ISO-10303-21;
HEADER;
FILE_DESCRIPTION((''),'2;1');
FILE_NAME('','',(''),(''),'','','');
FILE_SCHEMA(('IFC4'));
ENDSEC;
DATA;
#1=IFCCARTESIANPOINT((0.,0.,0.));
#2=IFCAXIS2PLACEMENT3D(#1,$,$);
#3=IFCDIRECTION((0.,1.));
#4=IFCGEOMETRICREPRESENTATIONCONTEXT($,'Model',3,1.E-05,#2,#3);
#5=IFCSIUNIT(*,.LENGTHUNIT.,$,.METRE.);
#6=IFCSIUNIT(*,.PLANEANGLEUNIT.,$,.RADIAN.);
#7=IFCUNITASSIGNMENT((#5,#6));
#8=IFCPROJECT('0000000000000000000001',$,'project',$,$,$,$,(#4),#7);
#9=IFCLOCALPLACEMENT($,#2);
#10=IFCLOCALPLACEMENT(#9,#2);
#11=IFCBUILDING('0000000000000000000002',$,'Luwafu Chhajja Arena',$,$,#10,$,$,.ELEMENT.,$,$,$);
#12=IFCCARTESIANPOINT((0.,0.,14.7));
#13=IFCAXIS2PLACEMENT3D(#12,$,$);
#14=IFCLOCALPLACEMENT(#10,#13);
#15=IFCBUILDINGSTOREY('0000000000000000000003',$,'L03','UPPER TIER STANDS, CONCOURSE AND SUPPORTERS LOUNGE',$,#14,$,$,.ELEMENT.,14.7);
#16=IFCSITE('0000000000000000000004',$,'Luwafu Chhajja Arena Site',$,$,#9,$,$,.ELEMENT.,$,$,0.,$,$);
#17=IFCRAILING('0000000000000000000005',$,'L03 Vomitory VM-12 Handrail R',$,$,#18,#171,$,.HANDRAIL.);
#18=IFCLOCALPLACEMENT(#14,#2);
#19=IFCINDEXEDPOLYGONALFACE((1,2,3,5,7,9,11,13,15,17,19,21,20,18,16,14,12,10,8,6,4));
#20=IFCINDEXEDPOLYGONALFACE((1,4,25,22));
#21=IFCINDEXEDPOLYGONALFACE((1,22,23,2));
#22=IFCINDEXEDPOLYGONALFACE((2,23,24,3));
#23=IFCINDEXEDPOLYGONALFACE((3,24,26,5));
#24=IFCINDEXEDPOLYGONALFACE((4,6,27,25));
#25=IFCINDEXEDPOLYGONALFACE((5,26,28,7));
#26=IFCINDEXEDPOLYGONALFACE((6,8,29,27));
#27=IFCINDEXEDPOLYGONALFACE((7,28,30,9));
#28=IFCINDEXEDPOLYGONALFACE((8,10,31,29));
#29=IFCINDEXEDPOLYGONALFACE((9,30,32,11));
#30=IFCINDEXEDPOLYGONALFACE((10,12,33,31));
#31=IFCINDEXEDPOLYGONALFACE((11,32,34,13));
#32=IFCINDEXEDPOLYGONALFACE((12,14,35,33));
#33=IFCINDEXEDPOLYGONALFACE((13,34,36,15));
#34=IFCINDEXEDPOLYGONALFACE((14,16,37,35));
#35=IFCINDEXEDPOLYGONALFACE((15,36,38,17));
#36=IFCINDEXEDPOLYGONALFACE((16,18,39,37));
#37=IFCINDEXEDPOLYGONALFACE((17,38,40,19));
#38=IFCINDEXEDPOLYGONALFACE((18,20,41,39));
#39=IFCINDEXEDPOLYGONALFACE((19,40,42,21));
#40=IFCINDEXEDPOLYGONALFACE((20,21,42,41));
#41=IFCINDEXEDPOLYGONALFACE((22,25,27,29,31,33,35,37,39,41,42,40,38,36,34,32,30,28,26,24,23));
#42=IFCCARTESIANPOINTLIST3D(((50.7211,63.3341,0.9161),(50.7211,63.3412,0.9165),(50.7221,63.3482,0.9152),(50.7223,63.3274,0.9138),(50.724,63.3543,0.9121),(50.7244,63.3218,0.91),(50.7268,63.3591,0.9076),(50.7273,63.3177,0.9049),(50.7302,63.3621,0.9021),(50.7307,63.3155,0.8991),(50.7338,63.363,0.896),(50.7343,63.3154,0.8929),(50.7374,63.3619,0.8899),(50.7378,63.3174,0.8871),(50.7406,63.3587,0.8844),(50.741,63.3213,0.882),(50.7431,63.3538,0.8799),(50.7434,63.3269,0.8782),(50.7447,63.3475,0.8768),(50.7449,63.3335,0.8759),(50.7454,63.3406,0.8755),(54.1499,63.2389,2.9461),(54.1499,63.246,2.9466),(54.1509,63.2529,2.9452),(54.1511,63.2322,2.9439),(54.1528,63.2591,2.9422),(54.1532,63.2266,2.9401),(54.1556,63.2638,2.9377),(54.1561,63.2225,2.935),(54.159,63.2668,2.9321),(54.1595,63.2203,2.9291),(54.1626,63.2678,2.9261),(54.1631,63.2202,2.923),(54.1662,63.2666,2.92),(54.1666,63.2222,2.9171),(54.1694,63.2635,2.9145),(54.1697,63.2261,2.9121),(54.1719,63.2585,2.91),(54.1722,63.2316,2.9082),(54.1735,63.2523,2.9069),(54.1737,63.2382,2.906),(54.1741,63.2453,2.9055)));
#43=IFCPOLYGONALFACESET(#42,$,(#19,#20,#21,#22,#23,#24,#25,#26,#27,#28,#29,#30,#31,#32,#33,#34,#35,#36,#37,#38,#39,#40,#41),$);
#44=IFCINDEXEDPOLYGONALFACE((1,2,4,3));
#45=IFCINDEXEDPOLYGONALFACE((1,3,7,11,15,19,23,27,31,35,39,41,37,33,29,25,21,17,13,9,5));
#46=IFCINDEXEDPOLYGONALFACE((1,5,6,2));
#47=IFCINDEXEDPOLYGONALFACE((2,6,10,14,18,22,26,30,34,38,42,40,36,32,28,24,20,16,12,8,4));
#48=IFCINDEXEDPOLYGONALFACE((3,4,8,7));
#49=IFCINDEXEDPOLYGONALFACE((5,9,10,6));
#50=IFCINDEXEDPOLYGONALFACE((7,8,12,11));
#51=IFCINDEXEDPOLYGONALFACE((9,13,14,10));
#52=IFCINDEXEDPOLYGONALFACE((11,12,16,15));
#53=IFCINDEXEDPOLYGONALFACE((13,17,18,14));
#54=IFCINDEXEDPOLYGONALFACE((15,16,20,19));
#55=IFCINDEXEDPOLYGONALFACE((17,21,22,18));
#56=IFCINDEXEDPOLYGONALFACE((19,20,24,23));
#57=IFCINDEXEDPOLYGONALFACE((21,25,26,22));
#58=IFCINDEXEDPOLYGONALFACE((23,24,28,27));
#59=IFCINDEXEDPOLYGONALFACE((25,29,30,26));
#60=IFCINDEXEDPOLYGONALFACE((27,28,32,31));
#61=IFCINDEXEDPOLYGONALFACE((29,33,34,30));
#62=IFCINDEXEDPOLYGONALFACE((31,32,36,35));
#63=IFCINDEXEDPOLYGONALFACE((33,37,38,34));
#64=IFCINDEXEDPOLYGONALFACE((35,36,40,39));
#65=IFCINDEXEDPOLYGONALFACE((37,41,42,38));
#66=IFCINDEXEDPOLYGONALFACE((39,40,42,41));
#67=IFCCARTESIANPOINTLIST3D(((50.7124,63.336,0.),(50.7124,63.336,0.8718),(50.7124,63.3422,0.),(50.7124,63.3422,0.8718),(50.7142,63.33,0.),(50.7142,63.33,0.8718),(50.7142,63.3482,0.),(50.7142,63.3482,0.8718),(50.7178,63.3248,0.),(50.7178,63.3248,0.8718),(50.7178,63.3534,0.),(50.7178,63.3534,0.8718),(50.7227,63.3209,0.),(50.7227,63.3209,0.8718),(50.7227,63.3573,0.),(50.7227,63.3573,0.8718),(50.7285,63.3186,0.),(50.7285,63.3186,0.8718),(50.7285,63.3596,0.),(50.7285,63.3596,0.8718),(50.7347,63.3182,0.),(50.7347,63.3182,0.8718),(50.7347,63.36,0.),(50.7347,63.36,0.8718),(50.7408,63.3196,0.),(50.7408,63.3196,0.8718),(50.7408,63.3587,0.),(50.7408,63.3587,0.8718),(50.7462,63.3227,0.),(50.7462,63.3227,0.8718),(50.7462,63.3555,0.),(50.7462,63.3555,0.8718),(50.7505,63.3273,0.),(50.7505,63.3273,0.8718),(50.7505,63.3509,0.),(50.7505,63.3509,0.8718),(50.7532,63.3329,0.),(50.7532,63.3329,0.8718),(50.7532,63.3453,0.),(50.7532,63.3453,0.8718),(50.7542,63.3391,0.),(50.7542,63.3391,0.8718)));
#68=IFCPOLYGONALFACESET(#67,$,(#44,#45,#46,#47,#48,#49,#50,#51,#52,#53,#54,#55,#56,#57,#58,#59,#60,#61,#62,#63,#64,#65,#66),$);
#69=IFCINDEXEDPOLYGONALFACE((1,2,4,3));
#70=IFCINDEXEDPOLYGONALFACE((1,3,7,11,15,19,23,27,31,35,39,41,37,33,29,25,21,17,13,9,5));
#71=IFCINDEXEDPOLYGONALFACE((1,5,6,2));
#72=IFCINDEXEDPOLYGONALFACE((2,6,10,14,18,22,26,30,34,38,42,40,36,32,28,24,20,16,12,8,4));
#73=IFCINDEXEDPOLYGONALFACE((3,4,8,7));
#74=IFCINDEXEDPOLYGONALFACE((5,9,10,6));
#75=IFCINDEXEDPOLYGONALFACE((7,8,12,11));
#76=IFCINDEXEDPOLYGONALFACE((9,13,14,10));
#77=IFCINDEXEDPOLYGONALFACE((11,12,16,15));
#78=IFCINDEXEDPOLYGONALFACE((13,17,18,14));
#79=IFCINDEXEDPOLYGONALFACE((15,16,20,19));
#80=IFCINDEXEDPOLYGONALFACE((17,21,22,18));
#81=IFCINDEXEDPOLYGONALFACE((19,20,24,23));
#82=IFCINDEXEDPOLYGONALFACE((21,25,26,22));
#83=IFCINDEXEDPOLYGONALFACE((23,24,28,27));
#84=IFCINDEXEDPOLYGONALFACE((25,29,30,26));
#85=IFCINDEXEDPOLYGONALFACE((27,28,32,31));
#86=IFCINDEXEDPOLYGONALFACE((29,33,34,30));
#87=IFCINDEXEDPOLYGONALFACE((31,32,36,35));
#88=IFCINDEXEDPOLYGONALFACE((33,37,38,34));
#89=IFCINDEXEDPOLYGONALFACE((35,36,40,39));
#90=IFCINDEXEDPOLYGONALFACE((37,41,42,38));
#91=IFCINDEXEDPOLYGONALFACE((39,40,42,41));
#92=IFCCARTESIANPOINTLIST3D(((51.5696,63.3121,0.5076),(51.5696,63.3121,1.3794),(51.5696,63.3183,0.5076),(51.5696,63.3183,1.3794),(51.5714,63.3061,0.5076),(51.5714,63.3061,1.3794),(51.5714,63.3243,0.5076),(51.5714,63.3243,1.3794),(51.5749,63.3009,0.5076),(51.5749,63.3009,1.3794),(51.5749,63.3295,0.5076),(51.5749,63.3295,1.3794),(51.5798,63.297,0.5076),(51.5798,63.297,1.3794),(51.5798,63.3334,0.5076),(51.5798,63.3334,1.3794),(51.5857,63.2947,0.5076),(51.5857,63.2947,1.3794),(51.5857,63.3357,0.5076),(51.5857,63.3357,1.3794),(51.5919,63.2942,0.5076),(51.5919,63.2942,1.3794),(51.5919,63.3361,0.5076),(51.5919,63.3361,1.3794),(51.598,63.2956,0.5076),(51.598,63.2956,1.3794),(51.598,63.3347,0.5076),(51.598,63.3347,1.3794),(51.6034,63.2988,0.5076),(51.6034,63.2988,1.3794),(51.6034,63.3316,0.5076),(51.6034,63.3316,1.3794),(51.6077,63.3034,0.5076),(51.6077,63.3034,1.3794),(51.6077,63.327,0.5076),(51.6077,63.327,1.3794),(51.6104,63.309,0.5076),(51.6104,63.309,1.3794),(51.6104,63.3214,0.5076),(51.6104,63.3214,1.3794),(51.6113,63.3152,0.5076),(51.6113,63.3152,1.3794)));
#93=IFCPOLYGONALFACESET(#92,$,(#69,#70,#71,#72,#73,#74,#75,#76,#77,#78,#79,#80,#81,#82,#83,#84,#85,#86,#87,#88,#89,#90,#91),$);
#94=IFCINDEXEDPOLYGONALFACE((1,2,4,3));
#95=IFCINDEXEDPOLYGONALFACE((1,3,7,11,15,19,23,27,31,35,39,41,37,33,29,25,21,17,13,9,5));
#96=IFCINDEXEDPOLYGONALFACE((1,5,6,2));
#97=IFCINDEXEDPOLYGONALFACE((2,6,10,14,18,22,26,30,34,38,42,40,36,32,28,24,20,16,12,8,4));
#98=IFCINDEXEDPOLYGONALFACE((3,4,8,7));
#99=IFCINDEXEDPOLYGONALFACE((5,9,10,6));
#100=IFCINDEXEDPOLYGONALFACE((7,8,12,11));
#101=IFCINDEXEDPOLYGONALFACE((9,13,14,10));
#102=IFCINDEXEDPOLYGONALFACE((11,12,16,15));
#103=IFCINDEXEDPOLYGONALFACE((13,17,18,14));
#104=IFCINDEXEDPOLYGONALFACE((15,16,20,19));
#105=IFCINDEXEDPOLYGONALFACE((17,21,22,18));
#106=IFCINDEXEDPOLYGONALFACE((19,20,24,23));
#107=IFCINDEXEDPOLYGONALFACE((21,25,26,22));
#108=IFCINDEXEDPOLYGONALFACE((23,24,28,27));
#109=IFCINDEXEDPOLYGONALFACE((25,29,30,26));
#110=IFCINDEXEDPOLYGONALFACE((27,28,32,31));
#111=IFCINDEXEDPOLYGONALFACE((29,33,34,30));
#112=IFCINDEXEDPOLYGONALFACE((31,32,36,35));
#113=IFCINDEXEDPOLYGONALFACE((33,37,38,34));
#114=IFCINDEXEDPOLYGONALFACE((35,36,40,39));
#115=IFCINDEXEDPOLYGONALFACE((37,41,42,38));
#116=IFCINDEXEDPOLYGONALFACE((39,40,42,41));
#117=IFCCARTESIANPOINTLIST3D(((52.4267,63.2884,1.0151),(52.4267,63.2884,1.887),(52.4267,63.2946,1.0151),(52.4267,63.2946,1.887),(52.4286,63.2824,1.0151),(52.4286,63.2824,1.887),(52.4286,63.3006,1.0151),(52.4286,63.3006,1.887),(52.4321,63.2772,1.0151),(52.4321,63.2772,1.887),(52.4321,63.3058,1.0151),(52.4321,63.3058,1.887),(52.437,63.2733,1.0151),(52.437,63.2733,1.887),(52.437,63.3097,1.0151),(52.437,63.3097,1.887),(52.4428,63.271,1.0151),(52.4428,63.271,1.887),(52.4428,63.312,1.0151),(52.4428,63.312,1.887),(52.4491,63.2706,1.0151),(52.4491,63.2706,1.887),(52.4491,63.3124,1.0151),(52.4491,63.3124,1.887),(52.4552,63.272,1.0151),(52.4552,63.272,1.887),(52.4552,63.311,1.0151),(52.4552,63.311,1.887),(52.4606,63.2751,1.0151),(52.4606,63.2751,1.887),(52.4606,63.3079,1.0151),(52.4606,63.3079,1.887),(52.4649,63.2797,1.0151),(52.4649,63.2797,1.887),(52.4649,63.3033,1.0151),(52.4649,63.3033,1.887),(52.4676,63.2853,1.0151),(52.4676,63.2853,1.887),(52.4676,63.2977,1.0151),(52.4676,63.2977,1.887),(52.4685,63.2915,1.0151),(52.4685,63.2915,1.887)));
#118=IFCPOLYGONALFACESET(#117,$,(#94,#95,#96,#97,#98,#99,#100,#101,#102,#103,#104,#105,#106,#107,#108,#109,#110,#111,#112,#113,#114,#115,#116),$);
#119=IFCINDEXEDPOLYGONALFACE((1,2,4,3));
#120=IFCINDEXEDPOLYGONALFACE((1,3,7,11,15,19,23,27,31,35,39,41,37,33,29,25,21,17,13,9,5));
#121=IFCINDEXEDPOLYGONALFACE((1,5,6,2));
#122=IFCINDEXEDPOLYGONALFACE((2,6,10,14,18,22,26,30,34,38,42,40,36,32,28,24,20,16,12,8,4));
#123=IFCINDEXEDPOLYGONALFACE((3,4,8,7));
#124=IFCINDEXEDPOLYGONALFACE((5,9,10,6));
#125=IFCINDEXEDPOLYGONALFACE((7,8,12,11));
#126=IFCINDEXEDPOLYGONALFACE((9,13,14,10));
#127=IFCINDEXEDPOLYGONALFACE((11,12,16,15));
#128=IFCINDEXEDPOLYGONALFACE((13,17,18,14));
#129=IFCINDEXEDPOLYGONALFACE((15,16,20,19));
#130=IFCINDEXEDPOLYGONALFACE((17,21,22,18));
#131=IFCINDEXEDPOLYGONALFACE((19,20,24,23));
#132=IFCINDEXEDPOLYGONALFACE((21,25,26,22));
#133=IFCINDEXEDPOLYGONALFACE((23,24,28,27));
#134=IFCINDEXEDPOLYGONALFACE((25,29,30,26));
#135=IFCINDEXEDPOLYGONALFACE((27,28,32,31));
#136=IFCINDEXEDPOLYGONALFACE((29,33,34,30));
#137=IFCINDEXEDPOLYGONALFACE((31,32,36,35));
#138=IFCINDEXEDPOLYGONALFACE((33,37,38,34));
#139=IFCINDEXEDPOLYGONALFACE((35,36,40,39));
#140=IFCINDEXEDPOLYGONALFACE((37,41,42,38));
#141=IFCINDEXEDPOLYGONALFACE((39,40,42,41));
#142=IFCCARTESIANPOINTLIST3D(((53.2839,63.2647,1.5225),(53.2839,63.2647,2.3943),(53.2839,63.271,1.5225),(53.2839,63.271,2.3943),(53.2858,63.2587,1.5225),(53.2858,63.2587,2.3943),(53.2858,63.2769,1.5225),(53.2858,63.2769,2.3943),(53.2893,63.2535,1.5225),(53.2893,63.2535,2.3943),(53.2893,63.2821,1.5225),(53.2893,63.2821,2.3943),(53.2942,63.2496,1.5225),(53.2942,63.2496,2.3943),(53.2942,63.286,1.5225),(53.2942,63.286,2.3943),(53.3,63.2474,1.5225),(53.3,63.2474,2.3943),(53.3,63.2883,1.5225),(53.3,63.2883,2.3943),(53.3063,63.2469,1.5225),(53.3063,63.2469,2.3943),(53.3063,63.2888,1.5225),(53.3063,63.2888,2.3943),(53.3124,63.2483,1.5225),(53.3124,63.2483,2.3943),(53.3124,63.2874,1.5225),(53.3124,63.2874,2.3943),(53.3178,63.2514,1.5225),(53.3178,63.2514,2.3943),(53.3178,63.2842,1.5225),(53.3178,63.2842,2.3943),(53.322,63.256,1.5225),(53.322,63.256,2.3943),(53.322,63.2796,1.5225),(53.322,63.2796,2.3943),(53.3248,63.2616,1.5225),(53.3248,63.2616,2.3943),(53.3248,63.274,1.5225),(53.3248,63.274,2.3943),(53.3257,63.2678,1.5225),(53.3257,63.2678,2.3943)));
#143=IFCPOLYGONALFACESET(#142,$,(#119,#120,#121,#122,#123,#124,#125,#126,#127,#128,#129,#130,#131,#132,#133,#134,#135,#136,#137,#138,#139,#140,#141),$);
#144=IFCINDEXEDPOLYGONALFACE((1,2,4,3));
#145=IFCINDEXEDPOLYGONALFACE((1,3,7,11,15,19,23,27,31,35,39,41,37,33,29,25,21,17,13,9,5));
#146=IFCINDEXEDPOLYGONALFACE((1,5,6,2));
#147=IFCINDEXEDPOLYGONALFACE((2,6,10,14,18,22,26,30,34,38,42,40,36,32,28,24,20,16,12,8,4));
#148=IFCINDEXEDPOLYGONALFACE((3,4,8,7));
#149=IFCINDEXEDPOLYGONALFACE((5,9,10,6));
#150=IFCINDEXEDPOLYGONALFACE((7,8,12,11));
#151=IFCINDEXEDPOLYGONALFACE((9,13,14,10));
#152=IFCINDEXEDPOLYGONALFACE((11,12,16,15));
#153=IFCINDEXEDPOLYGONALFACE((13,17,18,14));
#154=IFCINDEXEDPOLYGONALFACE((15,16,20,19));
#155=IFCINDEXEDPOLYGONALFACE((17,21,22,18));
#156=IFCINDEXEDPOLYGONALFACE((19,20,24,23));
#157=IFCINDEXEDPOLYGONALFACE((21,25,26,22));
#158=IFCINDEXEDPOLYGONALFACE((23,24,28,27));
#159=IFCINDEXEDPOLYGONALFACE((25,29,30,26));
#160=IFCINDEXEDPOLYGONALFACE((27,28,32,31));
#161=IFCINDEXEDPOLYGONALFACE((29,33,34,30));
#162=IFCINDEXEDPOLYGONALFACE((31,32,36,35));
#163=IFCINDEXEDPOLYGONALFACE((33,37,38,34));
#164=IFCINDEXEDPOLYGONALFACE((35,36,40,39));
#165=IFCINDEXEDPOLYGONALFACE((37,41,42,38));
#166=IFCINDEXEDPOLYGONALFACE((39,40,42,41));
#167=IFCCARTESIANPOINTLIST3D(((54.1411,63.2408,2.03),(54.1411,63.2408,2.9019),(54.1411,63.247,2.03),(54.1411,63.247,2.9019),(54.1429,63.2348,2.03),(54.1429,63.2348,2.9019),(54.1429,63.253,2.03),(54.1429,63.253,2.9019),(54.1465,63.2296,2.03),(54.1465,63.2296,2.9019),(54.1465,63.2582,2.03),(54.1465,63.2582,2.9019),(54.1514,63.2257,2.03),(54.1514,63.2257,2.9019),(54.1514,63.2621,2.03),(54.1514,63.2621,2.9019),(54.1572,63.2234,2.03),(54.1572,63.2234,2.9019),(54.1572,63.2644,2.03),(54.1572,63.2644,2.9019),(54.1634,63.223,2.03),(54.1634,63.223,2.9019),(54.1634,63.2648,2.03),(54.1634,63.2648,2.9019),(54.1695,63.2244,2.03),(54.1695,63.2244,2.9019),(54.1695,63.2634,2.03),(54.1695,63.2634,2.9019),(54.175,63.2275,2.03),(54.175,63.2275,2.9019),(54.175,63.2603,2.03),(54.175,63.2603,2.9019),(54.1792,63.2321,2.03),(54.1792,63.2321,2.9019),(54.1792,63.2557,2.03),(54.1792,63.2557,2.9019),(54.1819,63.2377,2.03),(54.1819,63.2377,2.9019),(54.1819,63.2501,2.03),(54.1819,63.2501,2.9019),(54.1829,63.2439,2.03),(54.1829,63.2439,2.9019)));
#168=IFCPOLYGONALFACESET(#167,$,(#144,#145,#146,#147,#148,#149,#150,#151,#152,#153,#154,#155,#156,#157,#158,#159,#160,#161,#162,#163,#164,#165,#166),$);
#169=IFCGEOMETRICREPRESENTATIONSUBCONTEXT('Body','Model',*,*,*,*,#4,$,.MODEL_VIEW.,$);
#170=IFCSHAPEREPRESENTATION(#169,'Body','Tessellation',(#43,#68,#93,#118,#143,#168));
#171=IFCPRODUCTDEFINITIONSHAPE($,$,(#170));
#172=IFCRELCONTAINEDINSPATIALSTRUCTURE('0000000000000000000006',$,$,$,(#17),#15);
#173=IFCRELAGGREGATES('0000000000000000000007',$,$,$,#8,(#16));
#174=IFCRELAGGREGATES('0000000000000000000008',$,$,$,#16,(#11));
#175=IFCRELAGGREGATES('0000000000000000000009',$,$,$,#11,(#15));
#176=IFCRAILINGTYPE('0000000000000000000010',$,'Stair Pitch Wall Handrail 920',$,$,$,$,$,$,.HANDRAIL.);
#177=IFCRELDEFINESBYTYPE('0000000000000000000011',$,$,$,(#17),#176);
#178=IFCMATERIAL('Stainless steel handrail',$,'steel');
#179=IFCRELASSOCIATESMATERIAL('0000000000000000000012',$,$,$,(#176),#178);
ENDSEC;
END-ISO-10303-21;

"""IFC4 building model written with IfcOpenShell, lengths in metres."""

from ifc_helpers import new_model, si_unit, direction, frame, origin, origin_2d, place, context, subcontext, project, spatial, circle, extrude, material, type_object, element, save


model = new_model("IFC4")

# Units and contexts
model_context = context("Model", 3, precision=1e-05, world=origin(), true_north=direction((0.0, 1.0)))
body_context = subcontext(model_context, "Body", "Model", "MODEL_VIEW")
ifc_project = project(units=[si_unit("LENGTHUNIT", "METRE"), si_unit("PLANEANGLEUNIT", "RADIAN")], contexts=[model_context])

# Site, building, storey
site_placement = place(None, origin())
site = spatial("IfcSite", under=ifc_project, at=site_placement, Name="Luwafu Chhajja Arena Site", CompositionType="ELEMENT", RefElevation=0.0)
building_placement = place(site_placement, origin())
building = spatial("IfcBuilding", under=site, at=building_placement, Name="Luwafu Chhajja Arena", CompositionType="ELEMENT")
storey_placement = place(building_placement, frame((0.0, 0.0, 14.7)))
storey = spatial("IfcBuildingStorey", under=building, at=storey_placement, Name="L03", Description="UPPER TIER STANDS, CONCOURSE AND SUPPORTERS LOUNGE", CompositionType="ELEMENT", Elevation=14.7)

# Railing
ifc_material_1 = material(Name="Stainless steel handrail", Category="steel")
railing_type_1 = type_object("IfcRailingType", Name="Stair Pitch Wall Handrail 920", PredefinedType="HANDRAIL", material=ifc_material_1)
for number, where, name in (
    (1, (50.7332, 63.3391, 0.0), "L03 Vomitory VM-12 Handrail R"),
):
    element("IfcRailing", number, at=place(storey_placement, frame(where)), inside=storey, type_object=railing_type_1, Name=name, PredefinedType="HANDRAIL", context=body_context, shape_type="SweptSolid", body=[
        extrude(circle(Radius=0.0239, at=origin_2d()), frame((0.0, 0.0, 0.896), z_axis=(0.860244, -0.023889, 0.509323), x_axis=(0.027759, 0.999615, 0.0)), (0.0, 0.0, 1.0), 3.9858),
        extrude(circle(Radius=0.021, at=origin_2d()), origin(), (0.0, 0.0, 1.0), 0.8718),
        extrude(circle(Radius=0.021, at=origin_2d()), frame((0.8572, -0.0239, 0.5076)), (0.0, 0.0, 1.0), 0.8718),
        extrude(circle(Radius=0.021, at=origin_2d()), frame((1.7144, -0.0476, 1.0151)), (0.0, 0.0, 1.0), 0.8718),
        extrude(circle(Radius=0.021, at=origin_2d()), frame((2.5715, -0.0713, 1.5225)), (0.0, 0.0, 1.0), 0.8718),
        extrude(circle(Radius=0.021, at=origin_2d()), frame((3.4287, -0.0952, 2.03)), (0.0, 0.0, 1.0), 0.8718),
    ])

save(model, "model.ifc")
